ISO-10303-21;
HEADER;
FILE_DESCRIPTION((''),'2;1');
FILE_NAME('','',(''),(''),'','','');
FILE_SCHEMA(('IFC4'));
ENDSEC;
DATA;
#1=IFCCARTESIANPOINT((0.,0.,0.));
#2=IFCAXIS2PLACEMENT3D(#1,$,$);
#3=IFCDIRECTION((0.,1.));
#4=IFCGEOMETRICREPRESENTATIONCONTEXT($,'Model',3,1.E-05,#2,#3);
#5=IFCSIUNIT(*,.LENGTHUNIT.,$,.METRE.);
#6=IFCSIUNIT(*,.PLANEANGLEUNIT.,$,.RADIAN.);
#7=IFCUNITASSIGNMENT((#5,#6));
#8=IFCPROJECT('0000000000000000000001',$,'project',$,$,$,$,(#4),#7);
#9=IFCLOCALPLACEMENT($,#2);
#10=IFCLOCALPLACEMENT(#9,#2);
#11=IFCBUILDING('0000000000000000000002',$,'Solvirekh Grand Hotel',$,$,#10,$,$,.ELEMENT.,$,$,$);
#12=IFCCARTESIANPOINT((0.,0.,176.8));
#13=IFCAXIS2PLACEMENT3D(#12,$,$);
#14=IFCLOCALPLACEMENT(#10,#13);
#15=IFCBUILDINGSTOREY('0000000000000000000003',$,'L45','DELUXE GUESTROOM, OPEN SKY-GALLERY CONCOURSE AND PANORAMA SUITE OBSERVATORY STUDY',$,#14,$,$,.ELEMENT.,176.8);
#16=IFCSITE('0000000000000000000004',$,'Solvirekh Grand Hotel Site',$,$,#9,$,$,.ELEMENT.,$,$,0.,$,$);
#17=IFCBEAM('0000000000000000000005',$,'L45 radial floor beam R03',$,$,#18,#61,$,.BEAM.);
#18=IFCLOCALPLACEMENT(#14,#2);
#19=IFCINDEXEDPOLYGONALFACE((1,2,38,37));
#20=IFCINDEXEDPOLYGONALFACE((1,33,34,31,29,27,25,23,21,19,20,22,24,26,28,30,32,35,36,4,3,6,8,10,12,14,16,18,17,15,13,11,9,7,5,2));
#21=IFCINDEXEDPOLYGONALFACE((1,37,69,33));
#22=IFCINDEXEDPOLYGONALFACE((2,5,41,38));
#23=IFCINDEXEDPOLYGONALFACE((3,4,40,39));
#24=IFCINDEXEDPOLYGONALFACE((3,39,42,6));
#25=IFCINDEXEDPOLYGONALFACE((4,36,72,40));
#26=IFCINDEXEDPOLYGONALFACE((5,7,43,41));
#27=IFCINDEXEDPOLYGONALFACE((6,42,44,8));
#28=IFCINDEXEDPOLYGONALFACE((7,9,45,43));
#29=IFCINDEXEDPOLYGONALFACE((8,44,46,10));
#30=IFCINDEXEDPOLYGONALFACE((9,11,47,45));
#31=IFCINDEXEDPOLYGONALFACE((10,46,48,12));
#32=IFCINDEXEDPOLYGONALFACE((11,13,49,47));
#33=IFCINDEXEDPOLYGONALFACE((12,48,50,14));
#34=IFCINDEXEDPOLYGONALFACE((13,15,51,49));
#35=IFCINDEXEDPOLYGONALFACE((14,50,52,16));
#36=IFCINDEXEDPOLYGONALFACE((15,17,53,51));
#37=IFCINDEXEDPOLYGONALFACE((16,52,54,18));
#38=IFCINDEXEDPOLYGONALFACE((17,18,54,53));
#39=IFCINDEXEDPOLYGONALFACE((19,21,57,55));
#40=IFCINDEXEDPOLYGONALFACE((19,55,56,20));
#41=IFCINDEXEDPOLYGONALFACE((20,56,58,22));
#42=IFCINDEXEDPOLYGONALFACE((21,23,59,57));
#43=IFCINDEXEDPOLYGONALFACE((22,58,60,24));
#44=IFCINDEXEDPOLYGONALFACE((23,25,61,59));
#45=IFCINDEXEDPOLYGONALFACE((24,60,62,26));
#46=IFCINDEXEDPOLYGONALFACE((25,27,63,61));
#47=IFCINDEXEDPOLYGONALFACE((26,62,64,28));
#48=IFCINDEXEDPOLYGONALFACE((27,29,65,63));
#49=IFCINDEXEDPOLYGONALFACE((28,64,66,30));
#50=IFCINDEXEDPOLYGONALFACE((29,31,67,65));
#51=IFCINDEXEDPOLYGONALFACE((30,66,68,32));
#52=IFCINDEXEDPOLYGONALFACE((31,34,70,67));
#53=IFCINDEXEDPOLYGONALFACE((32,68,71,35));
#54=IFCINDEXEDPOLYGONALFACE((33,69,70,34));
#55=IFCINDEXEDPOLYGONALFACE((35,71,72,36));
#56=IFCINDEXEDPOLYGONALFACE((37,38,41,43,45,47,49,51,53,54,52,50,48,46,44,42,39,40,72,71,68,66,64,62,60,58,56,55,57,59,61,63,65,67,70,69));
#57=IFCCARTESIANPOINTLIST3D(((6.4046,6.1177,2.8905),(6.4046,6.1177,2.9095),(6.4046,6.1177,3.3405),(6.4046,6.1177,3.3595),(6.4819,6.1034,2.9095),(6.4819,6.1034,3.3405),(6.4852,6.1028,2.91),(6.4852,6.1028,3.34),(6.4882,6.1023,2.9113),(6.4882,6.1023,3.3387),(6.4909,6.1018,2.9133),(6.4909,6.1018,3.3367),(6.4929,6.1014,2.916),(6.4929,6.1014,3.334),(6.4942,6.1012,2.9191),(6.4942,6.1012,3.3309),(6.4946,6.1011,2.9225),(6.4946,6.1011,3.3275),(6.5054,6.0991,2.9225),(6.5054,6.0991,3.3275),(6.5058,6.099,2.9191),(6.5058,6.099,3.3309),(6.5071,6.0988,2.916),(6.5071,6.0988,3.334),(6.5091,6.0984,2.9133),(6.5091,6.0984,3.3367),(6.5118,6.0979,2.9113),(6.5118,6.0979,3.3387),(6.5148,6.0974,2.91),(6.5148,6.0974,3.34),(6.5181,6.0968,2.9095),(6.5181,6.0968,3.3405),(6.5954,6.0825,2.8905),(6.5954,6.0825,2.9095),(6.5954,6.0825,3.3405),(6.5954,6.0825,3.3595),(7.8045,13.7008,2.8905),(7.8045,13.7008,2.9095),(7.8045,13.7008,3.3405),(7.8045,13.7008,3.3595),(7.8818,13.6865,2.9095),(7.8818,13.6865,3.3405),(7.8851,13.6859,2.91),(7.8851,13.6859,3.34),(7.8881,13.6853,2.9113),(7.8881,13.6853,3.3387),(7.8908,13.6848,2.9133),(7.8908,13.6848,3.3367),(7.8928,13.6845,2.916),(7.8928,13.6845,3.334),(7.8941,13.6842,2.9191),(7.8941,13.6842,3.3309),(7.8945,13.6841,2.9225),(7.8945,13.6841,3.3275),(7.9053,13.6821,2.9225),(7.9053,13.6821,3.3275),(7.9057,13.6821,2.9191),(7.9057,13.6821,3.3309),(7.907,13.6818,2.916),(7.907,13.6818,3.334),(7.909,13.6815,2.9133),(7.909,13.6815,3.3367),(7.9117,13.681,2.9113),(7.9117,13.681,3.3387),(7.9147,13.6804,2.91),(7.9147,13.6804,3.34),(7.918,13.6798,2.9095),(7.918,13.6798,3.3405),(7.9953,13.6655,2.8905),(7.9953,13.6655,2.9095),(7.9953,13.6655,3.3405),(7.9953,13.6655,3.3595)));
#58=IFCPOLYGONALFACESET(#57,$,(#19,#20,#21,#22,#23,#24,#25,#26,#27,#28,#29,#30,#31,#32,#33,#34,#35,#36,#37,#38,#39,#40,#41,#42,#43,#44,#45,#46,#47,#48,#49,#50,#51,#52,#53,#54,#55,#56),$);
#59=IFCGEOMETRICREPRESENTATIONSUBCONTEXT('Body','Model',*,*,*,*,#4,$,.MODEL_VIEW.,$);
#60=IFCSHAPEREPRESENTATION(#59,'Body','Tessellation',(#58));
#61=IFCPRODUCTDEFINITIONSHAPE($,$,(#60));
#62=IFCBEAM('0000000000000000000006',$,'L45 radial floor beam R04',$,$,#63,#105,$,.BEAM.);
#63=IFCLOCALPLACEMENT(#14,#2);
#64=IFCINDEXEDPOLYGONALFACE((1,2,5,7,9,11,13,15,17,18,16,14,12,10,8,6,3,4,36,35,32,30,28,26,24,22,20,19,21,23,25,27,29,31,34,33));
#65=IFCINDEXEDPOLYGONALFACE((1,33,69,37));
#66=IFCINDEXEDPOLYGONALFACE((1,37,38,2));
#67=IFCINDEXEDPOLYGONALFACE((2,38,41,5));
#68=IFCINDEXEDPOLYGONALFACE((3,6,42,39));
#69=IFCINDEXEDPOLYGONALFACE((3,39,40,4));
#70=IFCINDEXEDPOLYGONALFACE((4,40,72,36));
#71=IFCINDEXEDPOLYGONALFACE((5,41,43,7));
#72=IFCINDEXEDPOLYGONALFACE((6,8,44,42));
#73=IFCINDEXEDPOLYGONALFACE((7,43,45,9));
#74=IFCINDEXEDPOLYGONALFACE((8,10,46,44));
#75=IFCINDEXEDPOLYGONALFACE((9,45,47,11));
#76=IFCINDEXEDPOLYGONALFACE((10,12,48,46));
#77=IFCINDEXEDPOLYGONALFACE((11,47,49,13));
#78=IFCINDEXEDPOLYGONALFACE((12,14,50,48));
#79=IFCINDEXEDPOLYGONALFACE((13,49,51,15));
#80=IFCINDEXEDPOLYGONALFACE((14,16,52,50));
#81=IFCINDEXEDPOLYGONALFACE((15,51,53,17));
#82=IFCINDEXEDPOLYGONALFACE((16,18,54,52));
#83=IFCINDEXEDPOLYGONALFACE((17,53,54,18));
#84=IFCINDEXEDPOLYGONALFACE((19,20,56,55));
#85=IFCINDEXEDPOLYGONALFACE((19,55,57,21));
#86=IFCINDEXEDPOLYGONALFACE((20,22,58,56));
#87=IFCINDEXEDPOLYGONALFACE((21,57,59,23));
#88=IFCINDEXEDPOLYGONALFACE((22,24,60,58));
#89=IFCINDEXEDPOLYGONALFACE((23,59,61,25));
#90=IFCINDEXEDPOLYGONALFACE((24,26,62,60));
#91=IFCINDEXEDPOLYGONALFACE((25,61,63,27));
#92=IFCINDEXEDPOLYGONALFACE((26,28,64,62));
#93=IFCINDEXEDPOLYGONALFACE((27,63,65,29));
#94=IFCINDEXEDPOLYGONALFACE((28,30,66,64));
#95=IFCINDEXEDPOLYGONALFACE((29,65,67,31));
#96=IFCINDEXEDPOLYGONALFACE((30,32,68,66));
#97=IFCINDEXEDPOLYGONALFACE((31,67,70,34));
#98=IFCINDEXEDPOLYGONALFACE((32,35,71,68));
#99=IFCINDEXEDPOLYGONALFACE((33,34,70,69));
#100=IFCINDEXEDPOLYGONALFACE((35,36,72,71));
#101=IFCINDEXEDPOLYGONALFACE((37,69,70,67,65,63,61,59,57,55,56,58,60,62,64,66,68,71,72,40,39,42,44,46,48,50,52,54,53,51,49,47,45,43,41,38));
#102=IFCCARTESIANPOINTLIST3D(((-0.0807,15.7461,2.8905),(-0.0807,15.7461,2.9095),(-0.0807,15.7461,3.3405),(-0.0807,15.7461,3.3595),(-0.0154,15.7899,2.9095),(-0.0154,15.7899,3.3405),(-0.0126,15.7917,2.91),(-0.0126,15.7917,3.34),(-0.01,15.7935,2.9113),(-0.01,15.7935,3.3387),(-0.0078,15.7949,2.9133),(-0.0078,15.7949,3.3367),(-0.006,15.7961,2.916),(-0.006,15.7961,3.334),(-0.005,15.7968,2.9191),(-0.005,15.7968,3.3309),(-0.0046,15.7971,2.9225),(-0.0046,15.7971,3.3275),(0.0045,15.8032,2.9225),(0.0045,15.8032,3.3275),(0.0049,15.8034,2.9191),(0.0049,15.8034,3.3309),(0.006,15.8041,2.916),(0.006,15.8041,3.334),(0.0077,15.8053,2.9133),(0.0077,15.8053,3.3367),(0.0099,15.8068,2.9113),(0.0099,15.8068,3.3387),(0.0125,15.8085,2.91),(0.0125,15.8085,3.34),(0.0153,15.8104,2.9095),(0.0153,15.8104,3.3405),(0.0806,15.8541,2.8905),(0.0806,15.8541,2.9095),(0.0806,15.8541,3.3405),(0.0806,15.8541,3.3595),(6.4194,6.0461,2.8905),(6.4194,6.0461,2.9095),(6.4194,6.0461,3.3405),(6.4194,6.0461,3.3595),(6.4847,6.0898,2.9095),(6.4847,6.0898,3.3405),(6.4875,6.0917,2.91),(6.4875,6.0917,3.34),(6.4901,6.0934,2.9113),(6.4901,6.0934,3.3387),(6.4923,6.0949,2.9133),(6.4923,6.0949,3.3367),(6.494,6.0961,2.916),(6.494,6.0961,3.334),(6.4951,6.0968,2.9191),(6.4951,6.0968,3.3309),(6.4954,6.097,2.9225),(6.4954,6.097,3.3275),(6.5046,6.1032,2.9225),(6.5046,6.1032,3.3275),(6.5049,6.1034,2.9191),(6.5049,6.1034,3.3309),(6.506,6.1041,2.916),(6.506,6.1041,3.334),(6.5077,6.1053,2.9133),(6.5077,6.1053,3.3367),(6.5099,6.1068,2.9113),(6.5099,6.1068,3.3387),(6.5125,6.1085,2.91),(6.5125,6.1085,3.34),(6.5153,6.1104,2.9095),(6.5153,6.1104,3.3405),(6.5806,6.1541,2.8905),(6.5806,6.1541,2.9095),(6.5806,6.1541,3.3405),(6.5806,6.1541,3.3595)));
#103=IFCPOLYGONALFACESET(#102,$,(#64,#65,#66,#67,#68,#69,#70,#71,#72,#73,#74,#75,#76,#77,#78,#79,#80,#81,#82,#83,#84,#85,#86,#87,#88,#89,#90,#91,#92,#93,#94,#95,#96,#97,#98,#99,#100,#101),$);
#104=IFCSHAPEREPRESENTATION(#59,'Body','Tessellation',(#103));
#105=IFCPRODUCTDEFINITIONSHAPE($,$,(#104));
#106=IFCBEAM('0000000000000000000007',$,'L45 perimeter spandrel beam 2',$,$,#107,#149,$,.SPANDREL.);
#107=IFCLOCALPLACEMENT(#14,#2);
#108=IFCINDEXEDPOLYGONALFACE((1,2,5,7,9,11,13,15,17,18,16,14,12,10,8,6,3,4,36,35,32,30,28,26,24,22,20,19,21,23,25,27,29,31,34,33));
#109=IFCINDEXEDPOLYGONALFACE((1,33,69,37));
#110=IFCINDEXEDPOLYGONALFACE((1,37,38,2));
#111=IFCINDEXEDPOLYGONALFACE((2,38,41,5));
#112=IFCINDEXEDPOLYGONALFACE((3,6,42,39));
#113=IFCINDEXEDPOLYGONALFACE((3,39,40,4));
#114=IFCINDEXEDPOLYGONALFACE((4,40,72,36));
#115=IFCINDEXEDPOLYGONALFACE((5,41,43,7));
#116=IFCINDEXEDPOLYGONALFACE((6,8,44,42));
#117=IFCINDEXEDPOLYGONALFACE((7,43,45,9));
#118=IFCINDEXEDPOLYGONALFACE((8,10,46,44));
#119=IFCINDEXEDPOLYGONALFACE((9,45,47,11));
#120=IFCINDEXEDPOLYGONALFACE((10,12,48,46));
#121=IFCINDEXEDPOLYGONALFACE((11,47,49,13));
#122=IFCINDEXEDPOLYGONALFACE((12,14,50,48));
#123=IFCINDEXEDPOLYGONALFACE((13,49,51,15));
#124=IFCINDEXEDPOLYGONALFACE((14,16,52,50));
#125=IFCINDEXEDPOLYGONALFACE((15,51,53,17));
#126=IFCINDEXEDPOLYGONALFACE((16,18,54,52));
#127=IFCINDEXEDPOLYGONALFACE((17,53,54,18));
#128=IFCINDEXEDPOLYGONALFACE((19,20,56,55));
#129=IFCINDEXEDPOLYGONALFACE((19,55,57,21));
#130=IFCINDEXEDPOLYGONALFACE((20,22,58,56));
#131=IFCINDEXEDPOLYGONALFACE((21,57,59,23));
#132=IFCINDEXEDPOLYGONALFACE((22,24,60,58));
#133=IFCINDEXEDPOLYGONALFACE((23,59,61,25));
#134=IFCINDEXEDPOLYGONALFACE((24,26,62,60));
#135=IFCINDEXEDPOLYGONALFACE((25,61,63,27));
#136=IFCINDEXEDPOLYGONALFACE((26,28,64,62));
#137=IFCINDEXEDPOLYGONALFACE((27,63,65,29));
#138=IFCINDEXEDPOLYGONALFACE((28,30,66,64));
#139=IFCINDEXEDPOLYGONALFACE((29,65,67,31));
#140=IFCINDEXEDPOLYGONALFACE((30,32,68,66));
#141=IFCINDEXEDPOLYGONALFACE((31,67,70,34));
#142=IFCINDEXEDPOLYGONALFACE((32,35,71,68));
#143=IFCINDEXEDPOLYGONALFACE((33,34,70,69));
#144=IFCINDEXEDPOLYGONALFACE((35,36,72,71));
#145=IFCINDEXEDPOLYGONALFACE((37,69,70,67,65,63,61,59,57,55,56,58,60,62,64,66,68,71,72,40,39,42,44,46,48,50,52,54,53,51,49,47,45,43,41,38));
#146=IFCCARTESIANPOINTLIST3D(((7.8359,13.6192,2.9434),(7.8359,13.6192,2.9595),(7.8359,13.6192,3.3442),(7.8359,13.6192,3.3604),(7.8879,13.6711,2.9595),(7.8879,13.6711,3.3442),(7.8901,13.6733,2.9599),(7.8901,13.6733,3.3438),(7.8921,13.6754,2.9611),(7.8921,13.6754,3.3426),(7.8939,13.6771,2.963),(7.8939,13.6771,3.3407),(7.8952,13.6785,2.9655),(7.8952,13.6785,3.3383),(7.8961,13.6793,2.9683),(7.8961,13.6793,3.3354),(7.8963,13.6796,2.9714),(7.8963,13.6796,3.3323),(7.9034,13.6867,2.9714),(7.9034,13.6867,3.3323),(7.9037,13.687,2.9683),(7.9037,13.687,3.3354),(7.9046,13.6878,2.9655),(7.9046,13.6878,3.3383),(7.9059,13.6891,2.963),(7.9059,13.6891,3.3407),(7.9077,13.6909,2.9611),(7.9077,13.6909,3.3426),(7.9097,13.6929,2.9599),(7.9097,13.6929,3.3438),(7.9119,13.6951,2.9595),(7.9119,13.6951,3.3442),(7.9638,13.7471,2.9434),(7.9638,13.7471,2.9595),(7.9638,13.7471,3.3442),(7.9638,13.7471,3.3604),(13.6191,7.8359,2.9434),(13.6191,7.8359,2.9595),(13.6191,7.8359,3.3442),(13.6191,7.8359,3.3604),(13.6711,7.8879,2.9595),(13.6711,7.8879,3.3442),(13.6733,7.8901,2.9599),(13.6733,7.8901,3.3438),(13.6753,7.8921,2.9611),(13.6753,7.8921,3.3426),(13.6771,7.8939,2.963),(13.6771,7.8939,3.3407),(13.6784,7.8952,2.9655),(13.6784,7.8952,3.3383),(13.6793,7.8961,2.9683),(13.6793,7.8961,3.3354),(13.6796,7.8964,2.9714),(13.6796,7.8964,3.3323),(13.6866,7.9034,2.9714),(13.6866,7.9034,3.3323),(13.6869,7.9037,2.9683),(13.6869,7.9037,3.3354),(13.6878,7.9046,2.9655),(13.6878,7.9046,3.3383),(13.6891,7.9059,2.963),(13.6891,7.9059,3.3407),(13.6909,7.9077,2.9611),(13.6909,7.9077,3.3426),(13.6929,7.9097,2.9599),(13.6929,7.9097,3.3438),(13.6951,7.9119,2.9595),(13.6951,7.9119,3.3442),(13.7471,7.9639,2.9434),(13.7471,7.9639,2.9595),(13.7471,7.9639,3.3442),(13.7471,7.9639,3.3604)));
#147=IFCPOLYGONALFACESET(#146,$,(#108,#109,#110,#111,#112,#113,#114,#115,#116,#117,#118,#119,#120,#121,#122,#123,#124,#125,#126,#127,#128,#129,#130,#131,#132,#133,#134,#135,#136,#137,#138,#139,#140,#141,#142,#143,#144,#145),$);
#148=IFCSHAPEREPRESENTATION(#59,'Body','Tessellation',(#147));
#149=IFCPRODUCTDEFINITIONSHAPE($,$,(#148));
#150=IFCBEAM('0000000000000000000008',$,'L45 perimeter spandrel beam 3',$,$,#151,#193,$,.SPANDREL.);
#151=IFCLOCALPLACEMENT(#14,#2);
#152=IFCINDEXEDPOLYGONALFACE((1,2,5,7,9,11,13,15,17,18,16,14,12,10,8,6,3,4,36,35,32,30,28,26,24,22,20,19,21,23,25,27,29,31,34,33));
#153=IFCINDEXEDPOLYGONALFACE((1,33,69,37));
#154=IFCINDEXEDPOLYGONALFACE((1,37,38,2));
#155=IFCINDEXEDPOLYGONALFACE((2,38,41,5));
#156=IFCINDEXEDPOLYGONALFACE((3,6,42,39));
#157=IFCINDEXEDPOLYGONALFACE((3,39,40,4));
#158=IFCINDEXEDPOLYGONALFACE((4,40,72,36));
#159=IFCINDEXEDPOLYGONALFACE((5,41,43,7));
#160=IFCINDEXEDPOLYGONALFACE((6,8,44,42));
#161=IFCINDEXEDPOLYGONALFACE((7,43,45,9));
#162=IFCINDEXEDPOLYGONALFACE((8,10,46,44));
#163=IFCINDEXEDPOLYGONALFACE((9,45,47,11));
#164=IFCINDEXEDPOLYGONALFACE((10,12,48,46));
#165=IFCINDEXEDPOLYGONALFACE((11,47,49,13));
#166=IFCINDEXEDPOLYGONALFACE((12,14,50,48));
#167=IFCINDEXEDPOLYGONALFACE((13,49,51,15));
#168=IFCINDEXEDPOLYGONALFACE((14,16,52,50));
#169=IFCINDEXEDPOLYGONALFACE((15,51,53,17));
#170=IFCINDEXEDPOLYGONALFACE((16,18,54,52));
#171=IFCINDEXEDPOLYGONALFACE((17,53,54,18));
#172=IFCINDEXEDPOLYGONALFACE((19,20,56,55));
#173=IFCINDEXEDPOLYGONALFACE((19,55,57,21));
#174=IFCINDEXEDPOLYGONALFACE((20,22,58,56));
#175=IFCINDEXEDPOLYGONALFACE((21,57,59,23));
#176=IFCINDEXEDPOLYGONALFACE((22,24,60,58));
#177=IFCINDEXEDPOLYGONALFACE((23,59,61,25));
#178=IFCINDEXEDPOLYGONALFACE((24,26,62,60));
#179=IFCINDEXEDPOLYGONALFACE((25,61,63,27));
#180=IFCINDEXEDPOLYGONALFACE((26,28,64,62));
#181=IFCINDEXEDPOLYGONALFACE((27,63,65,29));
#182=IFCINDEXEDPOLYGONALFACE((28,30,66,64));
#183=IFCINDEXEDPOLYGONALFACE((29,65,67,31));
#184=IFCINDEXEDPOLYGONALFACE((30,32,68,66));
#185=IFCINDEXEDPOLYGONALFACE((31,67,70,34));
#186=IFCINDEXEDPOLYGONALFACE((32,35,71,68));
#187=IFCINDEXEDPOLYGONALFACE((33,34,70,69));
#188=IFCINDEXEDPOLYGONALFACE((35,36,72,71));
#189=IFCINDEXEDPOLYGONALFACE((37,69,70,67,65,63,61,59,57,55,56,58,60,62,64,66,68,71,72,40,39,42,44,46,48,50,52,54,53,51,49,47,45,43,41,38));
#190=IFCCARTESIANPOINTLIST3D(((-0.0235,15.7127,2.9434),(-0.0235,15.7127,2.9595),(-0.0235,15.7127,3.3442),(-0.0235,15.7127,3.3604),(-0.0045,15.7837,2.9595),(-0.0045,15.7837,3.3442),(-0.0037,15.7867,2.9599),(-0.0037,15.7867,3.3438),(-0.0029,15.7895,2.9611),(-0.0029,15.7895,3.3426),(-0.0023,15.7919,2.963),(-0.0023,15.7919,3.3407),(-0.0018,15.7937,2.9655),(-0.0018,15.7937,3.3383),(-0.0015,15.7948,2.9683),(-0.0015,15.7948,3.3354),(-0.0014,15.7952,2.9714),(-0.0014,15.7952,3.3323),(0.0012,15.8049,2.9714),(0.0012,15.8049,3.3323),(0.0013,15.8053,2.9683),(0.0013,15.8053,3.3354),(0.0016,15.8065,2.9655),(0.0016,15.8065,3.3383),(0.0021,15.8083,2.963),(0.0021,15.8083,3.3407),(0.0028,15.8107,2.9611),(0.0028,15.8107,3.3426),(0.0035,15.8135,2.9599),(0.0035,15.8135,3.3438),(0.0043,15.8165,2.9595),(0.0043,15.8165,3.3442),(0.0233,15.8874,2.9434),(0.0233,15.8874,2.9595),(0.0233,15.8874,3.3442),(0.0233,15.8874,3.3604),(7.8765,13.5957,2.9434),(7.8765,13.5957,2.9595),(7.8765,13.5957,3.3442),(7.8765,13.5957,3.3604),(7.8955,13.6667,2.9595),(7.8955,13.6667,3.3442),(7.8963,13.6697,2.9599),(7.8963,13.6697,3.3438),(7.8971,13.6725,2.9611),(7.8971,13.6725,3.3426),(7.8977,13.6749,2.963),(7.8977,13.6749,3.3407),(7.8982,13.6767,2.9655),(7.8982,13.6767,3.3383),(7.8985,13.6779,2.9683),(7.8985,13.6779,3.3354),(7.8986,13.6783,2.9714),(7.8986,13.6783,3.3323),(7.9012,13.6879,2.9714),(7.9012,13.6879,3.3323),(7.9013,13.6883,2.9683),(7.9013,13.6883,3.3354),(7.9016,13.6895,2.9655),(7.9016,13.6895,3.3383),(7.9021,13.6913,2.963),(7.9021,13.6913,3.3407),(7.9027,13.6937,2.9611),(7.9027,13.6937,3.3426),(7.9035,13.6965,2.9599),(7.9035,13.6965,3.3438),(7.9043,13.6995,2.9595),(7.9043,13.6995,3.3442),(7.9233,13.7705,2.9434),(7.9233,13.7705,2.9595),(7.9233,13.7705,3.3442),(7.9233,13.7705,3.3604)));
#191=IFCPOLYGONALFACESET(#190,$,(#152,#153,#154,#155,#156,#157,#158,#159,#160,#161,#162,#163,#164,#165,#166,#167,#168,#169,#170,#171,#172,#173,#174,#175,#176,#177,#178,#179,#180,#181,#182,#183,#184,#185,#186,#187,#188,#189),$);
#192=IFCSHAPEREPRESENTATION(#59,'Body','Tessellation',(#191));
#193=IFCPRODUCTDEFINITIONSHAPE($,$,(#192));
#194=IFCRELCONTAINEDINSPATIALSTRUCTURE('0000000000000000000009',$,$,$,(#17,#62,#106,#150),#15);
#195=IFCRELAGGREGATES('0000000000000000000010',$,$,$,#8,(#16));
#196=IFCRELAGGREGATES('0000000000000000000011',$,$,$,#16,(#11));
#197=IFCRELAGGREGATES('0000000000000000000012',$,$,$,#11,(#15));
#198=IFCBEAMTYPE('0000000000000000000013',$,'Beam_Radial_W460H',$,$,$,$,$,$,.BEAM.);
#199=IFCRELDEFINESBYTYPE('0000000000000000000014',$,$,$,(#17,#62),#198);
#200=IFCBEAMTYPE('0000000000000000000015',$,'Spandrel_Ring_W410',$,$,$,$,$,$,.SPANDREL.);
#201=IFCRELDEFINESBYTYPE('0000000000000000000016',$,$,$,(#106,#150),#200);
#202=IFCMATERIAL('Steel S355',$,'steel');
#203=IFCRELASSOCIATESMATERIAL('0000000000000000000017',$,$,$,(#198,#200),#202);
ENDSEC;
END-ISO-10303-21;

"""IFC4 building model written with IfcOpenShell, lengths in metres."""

from ifc_helpers import new_model, si_unit, direction, frame, origin, origin_2d, place, context, subcontext, project, spatial, i_section, extrude, material, material_profile, profile_set, type_object, element, save


model = new_model("IFC4")

# Units and contexts
model_context = context("Model", 3, precision=1e-05, world=origin(), true_north=direction((0.0, 1.0)))
body_context = subcontext(model_context, "Body", "Model", "MODEL_VIEW")
ifc_project = project(units=[si_unit("LENGTHUNIT", "METRE"), si_unit("PLANEANGLEUNIT", "RADIAN")], contexts=[model_context])

# Site, building, storey
site_placement = place(None, origin())
site = spatial("IfcSite", under=ifc_project, at=site_placement, Name="Solvirekh Grand Hotel Site", CompositionType="ELEMENT", RefElevation=0.0)
building_placement = place(site_placement, origin())
building = spatial("IfcBuilding", under=site, at=building_placement, Name="Solvirekh Grand Hotel", CompositionType="ELEMENT")
storey_placement = place(building_placement, frame((0.0, 0.0, 176.8)))
storey = spatial("IfcBuildingStorey", under=building, at=storey_placement, Name="L45", Description="DELUXE GUESTROOM, OPEN SKY-GALLERY CONCOURSE AND PANORAMA SUITE OBSERVATORY STUDY", CompositionType="ELEMENT", Elevation=176.8)

# Beams
ifc_material_1 = material(Name="Steel S355", Category="steel")
ifc_material_profile_1 = material_profile(ifc_material_1, i_section(OverallWidth=0.1941, OverallDepth=0.469, WebThickness=0.011, FlangeThickness=0.019, FilletRadius=0.0129, at=origin_2d()), Name="W460X106")
ifc_profile_set_1 = profile_set([ifc_material_profile_1], Name="Steel S355")
beam_type_1 = type_object("IfcBeamType", Name="Beam_Radial_W460H", PredefinedType="BEAM", material=ifc_profile_set_1)
beam_1_placement = place(storey_placement, frame((6.5, 6.1001, 3.125), z_axis=(0.181543, 0.983383, 0.0), x_axis=(-0.983383, 0.181543, 0.0)))
element("IfcBeam", 1, at=beam_1_placement, inside=storey, type_object=beam_type_1, Name="L45 radial floor beam R03", PredefinedType="BEAM", context=body_context, shape_type="SweptSolid", body=[
    extrude(i_section(OverallWidth=0.1941, OverallDepth=0.469, WebThickness=0.011, FlangeThickness=0.019, FilletRadius=0.0129, at=origin_2d()), origin(), (0.0, 0.0, 1.0), 7.7112),
])
beam_2_placement = place(storey_placement, frame((6.5, 6.1001, 3.125), z_axis=(-0.556677, 0.830729, 0.0), x_axis=(-0.830729, -0.556677, 0.0)))
element("IfcBeam", 2, at=beam_2_placement, inside=storey, type_object=beam_type_1, Name="L45 radial floor beam R04", PredefinedType="BEAM", context=body_context, shape_type="SweptSolid", body=[
    extrude(i_section(OverallWidth=0.1941, OverallDepth=0.469, WebThickness=0.011, FlangeThickness=0.019, FilletRadius=0.0129, at=origin_2d()), origin(), (0.0, 0.0, 1.0), 11.6765),
])
ifc_material_profile_2 = material_profile(ifc_material_1, i_section(OverallWidth=0.1809, OverallDepth=0.417, WebThickness=0.01, FlangeThickness=0.0161, FilletRadius=0.012, at=origin_2d()), Name="W410X85")
ifc_profile_set_2 = profile_set([ifc_material_profile_2], Name="Steel S355")
beam_type_2 = type_object("IfcBeamType", Name="Spandrel_Ring_W410", PredefinedType="SPANDREL", material=ifc_profile_set_2)
for number, where, z_axis, x_axis, name in (
    (3, (13.6831, 7.8999, 3.1519), (-0.707107, 0.707107, 0.0), (-0.707107, -0.707107, 0.0), "L45 perimeter spandrel beam 2"),
    (4, (7.8999, 13.6831, 3.1519), (-0.965921, 0.258839, 0.0), (-0.258839, -0.965921, 0.0), "L45 perimeter spandrel beam 3"),
):
    element("IfcBeam", number, at=place(storey_placement, frame(where, z_axis=z_axis, x_axis=x_axis)), inside=storey, type_object=beam_type_2, Name=name, PredefinedType="SPANDREL", context=body_context, shape_type="SweptSolid", body=[
        extrude(i_section(OverallWidth=0.1809, OverallDepth=0.417, WebThickness=0.01, FlangeThickness=0.0161, FilletRadius=0.012, at=origin_2d()), origin(), (0.0, 0.0, 1.0), 8.1787),
    ])

save(model, "model.ifc")
